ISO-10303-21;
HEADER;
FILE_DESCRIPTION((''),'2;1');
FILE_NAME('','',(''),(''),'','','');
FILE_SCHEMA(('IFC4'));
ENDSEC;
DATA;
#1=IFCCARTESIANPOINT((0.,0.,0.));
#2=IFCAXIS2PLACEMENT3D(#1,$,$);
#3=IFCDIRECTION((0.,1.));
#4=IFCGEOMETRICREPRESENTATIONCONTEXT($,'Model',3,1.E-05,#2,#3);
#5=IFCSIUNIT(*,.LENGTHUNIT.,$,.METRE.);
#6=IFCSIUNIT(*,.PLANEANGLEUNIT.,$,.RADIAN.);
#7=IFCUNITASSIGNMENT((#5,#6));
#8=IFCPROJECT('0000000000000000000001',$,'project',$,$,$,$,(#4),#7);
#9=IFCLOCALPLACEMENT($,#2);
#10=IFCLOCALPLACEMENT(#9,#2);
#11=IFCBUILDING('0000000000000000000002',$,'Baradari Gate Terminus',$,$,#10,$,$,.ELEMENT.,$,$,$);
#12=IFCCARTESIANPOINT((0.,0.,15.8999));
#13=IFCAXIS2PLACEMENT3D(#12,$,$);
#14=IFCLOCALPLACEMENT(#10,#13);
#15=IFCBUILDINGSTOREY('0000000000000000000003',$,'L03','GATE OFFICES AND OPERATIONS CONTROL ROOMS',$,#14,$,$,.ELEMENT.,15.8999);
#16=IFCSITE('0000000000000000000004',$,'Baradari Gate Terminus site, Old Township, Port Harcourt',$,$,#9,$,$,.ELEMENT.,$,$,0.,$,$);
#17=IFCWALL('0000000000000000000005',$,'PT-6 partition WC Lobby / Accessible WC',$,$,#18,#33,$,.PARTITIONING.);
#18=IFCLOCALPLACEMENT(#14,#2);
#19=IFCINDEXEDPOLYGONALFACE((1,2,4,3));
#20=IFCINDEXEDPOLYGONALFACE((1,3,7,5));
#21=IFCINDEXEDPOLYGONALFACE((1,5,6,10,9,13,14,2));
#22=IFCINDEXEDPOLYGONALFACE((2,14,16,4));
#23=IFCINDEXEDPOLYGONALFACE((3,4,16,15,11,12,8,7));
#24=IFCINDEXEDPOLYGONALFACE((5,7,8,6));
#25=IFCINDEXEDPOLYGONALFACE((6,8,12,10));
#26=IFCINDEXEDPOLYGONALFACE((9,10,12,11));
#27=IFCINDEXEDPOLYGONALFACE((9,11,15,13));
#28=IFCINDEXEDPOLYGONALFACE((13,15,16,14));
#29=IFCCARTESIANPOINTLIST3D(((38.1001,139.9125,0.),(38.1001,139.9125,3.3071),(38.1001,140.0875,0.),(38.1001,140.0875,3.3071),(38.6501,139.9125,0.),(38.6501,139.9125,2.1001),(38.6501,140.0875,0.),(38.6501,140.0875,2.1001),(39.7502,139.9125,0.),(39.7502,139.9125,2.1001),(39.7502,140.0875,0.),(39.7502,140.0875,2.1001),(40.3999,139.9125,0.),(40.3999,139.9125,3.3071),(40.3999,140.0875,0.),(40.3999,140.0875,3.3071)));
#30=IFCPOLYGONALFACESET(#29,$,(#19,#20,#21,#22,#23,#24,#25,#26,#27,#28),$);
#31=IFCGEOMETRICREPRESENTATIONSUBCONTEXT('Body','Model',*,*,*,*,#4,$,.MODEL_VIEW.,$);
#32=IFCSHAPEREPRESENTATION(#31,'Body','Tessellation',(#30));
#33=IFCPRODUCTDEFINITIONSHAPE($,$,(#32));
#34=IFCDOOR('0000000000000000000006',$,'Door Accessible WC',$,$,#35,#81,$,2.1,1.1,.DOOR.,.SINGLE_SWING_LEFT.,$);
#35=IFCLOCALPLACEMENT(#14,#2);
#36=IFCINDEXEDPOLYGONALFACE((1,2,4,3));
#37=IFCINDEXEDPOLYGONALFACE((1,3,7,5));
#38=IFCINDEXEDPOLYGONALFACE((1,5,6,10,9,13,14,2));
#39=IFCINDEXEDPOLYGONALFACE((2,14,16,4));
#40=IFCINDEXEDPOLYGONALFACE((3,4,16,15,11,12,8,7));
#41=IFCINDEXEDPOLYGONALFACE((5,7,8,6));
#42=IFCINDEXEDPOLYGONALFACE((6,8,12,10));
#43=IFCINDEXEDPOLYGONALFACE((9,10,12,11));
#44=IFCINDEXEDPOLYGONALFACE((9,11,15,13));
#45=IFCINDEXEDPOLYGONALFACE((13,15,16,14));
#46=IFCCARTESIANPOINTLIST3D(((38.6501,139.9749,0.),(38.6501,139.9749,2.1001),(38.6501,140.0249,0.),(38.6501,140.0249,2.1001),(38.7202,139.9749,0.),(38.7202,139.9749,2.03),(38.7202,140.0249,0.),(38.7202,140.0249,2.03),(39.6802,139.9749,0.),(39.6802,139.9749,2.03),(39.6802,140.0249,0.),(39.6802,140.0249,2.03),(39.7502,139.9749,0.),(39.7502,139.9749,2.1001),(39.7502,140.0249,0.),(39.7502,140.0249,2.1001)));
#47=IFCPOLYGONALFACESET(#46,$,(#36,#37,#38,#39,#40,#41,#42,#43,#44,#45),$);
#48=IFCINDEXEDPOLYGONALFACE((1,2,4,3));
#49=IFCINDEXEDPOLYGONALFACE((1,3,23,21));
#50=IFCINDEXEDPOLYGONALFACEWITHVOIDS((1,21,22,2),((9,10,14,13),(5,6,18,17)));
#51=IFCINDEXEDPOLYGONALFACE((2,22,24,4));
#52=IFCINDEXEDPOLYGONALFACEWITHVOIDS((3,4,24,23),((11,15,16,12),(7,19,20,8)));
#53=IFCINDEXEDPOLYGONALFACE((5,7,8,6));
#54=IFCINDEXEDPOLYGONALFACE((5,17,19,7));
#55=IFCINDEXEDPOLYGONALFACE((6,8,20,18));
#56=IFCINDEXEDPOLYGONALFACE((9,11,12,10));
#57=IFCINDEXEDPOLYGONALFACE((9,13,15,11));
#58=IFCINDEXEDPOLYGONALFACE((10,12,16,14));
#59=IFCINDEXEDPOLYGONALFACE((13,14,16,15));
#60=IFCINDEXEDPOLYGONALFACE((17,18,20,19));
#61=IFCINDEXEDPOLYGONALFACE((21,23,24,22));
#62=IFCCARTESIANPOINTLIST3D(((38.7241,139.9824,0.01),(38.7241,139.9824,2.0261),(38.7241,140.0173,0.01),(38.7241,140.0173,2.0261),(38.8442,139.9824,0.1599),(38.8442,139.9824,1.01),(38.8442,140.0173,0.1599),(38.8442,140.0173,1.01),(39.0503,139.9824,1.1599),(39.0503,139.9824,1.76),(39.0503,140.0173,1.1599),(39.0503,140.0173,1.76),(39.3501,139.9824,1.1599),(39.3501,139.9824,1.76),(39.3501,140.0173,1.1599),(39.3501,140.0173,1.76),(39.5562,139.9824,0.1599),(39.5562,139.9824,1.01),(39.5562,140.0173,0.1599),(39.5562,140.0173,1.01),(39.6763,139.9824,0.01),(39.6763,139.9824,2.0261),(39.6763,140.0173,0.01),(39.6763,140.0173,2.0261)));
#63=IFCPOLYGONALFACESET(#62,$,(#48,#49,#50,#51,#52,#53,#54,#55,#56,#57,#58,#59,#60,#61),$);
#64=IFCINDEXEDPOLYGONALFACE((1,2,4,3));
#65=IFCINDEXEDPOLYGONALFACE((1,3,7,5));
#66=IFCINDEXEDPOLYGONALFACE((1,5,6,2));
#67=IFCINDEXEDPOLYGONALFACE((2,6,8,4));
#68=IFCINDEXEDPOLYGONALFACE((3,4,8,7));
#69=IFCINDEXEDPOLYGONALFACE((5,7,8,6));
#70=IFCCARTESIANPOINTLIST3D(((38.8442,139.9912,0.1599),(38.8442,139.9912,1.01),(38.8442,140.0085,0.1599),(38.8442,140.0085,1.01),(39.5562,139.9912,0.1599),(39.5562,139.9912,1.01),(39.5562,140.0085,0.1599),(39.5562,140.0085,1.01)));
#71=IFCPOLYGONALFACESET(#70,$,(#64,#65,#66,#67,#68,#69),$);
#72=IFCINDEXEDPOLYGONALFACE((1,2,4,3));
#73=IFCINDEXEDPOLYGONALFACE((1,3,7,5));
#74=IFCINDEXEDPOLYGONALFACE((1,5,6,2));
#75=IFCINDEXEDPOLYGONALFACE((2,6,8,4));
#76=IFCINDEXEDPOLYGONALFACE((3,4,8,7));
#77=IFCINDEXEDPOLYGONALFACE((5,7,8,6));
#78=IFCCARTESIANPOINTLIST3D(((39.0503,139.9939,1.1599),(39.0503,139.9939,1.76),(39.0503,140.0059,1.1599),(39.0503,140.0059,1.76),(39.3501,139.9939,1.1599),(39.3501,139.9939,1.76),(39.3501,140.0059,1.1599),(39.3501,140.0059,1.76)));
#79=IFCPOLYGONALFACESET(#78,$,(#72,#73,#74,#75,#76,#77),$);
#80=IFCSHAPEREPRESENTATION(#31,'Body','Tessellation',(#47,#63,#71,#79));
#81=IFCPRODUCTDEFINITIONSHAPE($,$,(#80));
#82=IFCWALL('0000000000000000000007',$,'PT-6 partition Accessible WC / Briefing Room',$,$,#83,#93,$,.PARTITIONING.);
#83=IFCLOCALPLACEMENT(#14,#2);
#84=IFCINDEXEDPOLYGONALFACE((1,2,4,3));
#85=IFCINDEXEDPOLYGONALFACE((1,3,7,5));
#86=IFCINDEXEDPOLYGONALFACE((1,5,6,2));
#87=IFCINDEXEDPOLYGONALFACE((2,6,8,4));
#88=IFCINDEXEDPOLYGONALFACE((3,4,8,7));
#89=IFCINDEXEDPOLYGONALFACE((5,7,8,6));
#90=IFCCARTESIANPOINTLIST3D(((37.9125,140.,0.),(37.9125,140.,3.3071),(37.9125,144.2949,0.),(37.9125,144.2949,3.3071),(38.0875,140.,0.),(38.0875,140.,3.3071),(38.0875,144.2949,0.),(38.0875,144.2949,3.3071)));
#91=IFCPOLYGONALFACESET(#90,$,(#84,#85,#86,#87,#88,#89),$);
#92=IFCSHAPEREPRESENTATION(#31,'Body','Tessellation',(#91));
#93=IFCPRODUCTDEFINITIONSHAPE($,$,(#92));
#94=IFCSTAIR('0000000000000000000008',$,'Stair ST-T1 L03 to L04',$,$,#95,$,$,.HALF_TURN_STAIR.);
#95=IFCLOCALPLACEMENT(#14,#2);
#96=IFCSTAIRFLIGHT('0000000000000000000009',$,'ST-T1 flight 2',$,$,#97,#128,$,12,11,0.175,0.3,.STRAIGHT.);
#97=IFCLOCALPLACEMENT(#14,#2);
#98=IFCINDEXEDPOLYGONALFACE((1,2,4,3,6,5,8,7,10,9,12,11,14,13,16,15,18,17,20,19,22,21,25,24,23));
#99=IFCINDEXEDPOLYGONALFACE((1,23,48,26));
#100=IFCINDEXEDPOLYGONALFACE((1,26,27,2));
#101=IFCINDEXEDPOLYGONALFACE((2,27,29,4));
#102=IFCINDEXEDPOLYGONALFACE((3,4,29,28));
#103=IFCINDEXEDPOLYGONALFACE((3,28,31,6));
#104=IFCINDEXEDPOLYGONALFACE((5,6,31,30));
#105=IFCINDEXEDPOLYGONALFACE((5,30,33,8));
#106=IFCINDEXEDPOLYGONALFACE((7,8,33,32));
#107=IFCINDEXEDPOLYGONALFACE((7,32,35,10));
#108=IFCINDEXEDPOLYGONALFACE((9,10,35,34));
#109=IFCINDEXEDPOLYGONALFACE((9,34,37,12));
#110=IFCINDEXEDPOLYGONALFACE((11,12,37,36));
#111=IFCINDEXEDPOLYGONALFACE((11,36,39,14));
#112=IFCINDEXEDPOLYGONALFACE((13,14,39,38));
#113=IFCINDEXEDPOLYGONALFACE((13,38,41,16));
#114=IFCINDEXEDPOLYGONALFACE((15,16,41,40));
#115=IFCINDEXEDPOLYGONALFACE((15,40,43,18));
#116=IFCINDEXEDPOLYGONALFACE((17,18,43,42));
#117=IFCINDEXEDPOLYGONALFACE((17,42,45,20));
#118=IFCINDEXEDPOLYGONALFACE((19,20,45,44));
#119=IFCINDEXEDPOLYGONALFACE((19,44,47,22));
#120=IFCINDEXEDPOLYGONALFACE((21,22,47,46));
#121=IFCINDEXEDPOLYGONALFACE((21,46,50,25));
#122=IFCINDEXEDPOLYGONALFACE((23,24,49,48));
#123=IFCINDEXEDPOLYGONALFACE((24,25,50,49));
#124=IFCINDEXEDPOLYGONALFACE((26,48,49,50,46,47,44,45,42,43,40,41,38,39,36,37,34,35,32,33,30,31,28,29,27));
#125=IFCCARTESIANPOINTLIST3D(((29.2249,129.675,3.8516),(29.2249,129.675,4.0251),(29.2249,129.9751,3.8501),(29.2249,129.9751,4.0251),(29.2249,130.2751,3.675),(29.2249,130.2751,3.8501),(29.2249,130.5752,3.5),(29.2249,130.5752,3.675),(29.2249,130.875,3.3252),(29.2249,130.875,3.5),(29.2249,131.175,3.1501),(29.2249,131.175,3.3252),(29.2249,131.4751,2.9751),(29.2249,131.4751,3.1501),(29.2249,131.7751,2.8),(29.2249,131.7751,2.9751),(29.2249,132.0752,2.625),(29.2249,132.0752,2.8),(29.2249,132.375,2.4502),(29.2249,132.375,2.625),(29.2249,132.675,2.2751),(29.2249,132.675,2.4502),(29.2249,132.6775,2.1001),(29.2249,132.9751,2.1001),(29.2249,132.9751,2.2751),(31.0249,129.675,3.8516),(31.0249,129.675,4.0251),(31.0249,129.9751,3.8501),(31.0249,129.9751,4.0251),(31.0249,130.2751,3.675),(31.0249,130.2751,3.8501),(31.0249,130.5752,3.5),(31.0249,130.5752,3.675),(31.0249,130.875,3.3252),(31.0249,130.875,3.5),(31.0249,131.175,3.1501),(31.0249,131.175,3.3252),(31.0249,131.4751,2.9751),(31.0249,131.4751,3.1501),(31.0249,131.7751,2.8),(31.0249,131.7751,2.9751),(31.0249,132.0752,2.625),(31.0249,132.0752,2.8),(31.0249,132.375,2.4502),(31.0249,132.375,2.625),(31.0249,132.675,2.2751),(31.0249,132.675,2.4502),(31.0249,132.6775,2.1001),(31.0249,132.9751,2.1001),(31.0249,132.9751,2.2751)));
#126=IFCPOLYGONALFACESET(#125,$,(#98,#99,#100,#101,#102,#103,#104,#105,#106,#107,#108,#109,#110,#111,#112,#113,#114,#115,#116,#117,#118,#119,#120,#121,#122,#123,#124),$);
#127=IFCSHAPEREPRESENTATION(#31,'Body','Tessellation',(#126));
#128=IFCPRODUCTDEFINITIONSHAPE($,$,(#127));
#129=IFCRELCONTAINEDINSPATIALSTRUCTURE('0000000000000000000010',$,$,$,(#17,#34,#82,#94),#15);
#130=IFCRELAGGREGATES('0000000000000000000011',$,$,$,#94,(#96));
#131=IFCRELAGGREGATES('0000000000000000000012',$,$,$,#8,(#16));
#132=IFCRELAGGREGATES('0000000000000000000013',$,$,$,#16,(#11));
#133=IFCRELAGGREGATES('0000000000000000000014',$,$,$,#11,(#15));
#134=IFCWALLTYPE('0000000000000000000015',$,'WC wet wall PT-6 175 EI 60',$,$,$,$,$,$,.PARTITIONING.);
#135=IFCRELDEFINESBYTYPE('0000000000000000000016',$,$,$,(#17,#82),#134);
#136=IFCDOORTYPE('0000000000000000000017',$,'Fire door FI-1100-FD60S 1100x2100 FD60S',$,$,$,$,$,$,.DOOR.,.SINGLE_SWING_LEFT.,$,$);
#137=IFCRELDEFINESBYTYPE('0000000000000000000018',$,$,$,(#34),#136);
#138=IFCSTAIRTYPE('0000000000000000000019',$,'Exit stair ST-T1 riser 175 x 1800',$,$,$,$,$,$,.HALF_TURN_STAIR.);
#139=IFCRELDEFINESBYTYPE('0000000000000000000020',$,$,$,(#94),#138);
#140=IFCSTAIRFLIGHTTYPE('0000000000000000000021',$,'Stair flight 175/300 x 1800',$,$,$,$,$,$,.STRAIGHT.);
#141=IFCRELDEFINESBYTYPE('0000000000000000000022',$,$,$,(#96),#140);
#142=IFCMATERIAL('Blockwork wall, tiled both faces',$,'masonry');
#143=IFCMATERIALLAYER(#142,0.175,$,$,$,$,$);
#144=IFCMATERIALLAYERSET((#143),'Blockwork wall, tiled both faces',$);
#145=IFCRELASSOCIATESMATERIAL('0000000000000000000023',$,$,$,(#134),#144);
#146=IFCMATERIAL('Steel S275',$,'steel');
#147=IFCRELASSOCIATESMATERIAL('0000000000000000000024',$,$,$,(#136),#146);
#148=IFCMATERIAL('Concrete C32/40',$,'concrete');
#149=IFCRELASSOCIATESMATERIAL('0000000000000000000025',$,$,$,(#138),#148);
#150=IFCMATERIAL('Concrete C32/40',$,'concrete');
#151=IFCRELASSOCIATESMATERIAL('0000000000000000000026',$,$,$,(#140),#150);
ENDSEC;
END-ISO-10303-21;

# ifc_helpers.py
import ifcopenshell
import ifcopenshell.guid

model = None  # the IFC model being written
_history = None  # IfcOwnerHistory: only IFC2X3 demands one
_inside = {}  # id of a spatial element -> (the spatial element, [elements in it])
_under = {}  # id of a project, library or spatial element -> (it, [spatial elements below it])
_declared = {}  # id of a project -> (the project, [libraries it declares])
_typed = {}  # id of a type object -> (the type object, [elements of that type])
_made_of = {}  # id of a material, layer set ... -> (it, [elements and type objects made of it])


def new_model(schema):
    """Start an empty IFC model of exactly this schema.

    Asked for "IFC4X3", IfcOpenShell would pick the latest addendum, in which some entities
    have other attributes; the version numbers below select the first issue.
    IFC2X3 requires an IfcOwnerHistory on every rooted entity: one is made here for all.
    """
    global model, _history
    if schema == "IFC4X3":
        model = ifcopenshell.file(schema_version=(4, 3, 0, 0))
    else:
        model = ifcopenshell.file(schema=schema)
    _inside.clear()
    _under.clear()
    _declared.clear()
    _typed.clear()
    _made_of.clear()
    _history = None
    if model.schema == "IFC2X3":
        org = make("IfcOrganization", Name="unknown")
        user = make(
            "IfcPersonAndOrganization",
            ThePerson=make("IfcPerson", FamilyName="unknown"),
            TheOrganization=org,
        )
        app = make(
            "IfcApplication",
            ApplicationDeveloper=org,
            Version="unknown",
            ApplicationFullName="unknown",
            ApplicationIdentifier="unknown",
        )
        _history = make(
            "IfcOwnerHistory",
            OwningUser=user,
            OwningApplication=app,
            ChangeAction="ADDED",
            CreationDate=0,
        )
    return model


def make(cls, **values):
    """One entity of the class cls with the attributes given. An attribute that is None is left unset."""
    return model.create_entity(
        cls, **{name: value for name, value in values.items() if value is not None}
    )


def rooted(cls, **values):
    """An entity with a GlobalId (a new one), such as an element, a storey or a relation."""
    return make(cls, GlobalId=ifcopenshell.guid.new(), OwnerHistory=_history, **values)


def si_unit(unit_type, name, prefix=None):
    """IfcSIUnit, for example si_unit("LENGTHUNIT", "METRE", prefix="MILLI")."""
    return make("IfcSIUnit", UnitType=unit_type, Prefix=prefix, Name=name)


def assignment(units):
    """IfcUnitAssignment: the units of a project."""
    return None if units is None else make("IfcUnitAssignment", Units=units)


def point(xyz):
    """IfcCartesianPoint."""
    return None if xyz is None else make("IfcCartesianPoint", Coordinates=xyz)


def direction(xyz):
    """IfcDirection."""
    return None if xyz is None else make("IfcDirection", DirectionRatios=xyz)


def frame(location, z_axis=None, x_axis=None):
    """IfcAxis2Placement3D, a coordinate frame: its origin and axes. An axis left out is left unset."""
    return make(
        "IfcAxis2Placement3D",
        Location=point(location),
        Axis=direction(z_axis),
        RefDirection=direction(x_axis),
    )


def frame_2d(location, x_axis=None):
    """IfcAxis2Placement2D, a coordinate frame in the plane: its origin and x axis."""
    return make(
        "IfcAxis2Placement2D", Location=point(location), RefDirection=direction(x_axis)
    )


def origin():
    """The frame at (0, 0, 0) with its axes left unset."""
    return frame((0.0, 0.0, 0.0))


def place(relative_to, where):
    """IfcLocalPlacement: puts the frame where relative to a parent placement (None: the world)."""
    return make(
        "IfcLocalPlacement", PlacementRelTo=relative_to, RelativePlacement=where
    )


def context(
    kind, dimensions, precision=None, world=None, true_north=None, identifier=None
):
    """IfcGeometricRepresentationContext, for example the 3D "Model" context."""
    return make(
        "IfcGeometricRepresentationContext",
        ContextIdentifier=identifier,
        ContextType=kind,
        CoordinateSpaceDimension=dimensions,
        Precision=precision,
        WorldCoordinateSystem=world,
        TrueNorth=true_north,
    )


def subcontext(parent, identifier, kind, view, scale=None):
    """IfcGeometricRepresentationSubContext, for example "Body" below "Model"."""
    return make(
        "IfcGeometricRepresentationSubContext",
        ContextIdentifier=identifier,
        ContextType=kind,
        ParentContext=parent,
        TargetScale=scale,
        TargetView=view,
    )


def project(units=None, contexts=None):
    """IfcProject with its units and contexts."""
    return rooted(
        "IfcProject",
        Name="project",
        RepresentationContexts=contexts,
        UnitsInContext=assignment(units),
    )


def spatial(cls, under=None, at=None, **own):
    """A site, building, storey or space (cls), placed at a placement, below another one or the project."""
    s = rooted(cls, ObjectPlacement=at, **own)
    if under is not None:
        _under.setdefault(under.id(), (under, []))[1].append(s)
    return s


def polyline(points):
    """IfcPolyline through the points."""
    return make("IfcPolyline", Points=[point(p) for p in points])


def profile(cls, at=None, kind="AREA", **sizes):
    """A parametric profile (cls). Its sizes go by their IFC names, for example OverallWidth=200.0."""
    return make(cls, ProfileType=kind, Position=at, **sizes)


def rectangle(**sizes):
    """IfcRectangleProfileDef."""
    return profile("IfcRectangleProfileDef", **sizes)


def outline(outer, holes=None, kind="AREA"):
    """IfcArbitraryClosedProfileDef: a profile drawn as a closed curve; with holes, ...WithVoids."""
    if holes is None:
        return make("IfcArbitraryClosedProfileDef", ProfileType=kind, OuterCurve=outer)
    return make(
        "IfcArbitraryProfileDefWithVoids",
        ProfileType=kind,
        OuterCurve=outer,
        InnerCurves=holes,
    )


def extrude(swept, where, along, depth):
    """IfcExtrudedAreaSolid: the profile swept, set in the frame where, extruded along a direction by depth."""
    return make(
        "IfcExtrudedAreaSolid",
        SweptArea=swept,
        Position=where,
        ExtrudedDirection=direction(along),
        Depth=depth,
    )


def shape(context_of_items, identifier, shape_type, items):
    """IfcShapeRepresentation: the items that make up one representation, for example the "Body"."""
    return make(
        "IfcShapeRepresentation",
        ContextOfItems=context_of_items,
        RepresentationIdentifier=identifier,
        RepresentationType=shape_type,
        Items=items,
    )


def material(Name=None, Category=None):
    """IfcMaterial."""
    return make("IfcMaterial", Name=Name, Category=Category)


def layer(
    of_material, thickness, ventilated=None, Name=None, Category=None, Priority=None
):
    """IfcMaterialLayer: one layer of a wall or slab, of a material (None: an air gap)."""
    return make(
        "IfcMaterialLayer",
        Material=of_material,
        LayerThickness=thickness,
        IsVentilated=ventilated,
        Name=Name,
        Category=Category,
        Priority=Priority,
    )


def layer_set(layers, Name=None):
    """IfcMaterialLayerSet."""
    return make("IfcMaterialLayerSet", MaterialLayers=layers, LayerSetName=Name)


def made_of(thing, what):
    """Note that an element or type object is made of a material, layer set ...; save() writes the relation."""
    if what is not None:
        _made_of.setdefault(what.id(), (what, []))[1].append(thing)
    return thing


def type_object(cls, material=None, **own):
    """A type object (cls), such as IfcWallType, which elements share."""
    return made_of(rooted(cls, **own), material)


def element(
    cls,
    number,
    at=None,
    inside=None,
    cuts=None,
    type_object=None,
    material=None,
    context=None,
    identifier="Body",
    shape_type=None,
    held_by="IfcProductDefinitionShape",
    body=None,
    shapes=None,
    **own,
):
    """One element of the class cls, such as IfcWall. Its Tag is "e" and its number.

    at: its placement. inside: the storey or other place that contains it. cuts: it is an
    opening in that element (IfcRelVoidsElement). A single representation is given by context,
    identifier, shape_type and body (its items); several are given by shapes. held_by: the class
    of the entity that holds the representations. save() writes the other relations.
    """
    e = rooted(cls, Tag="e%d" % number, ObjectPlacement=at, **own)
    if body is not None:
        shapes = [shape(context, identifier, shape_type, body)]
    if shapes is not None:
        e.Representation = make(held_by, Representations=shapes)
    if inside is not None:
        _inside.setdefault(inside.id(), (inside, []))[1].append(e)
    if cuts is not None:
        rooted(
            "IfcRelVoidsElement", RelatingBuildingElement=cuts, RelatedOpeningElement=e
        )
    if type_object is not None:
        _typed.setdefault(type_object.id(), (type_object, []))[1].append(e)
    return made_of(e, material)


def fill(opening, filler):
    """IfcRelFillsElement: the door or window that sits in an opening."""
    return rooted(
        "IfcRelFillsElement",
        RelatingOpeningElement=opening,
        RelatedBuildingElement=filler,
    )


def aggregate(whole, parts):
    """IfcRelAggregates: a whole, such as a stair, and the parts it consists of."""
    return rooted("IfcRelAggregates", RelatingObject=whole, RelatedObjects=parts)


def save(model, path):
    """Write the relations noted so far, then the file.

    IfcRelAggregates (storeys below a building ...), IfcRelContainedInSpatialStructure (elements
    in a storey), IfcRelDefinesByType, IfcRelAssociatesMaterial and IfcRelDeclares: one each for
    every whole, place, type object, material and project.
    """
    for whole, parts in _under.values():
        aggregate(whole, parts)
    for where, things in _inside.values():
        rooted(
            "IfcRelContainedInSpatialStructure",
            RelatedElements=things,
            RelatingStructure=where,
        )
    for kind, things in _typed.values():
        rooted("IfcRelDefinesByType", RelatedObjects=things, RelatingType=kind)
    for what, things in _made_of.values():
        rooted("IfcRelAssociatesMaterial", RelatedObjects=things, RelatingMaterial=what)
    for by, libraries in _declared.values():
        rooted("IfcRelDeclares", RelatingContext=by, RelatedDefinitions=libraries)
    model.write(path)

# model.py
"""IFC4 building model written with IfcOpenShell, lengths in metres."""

from ifc_helpers import new_model, si_unit, direction, frame, frame_2d, origin, place, context, subcontext, project, spatial, polyline, rectangle, outline, extrude, material, layer, layer_set, type_object, element, fill, aggregate, save


model = new_model("IFC4")

# Units and contexts
model_context = context("Model", 3, precision=1e-05, world=origin(), true_north=direction((0.0, 1.0)))
body_context = subcontext(model_context, "Body", "Model", "MODEL_VIEW")
ifc_project = project(units=[si_unit("LENGTHUNIT", "METRE"), si_unit("PLANEANGLEUNIT", "RADIAN")], contexts=[model_context])

# Site, building, storey
site_placement = place(None, origin())
site = spatial("IfcSite", under=ifc_project, at=site_placement, Name="Baradari Gate Terminus site, Old Township, Port Harcourt", CompositionType="ELEMENT", RefElevation=0.0)
building_placement = place(site_placement, origin())
building = spatial("IfcBuilding", under=site, at=building_placement, Name="Baradari Gate Terminus", CompositionType="ELEMENT")
storey_placement = place(building_placement, frame((0.0, 0.0, 15.8999)))
storey = spatial("IfcBuildingStorey", under=building, at=storey_placement, Name="L03", Description="GATE OFFICES AND OPERATIONS CONTROL ROOMS", CompositionType="ELEMENT", Elevation=15.8999)

# Wall, opening, door
ifc_material_1 = material(Name="Blockwork wall, tiled both faces", Category="masonry")
ifc_layer_1 = layer(ifc_material_1, 0.175)
ifc_layer_set_1 = layer_set([ifc_layer_1], Name="Blockwork wall, tiled both faces")
wall_type_1 = type_object("IfcWallType", Name="WC wet wall PT-6 175 EI 60", PredefinedType="PARTITIONING", material=ifc_layer_set_1)
wall_1_placement = place(storey_placement, frame((38.1001, 140.0, 0.0), z_axis=(0.0, 0.0, 1.0), x_axis=(1.0, 0.0, 0.0)))
wall_1 = element("IfcWall", 1, at=wall_1_placement, inside=storey, type_object=wall_type_1, Name="PT-6 partition WC Lobby / Accessible WC", PredefinedType="PARTITIONING", context=body_context, shape_type="SweptSolid", body=[
    extrude(rectangle(XDim=2.2998, YDim=0.175, at=frame_2d((1.1499, 0.0))), origin(), (0.0, 0.0, 1.0), 3.3071),
])
opening_1_placement = place(wall_1_placement, frame((0.55, 0.0, 0.0)))
opening_1 = element("IfcOpeningElement", 2, at=opening_1_placement, cuts=wall_1, PredefinedType="OPENING", context=body_context, shape_type="SweptSolid", body=[
    extrude(rectangle(XDim=1.1001, YDim=2.1001, at=frame_2d((0.55, 1.05))), frame((0.0, 0.0974, 0.0), z_axis=(0.0, -1.0, 0.0), x_axis=(1.0, 0.0, 0.0)), (0.0, 0.0, 1.0), 0.1951),
])
ifc_material_2 = material(Name="Steel S275", Category="steel")
door_type_1 = type_object("IfcDoorType", Name="Fire door FI-1100-FD60S 1100x2100 FD60S", OperationType="SINGLE_SWING_LEFT", PredefinedType="DOOR", material=ifc_material_2)
door_1_placement = place(opening_1_placement, origin())
door_1 = element("IfcDoor", 3, at=door_1_placement, inside=storey, type_object=door_type_1, Name="Door Accessible WC", OperationType="SINGLE_SWING_LEFT", OverallHeight=2.1, OverallWidth=1.1, PredefinedType="DOOR", context=body_context, shape_type="SweptSolid", body=[
    extrude(outline(polyline([(0.0, 0.0), (0.0701, 0.0), (0.0701, 2.03), (1.03, 2.03), (1.03, 0.0), (1.1001, 0.0), (1.1001, 2.1001), (0.0, 2.1001), (0.0, 0.0)])), frame((0.0, 0.0249, 0.0), z_axis=(0.0, -1.0, 0.0), x_axis=(1.0, 0.0, 0.0)), (0.0, 0.0, 1.0), 0.05),
    extrude(outline(polyline([(0.074, 0.01), (1.0261, 0.01), (1.0261, 2.0261), (0.074, 2.0261), (0.074, 0.01)]), holes=[polyline([(0.1941, 0.1599), (0.906, 0.1599), (0.906, 1.01), (0.1941, 1.01), (0.1941, 0.1599)]), polyline([(0.4001, 1.1599), (0.7, 1.1599), (0.7, 1.76), (0.4001, 1.76), (0.4001, 1.1599)])]), frame((0.0, 0.0173, 0.0), z_axis=(0.0, -1.0, 0.0), x_axis=(1.0, 0.0, 0.0)), (0.0, 0.0, 1.0), 0.0349),
    extrude(rectangle(XDim=0.7119, YDim=0.8501, at=frame_2d((0.55, 0.585))), frame((0.0, 0.0085, 0.0), z_axis=(0.0, -1.0, 0.0), x_axis=(1.0, 0.0, 0.0)), (0.0, 0.0, 1.0), 0.0173),
    extrude(rectangle(XDim=0.2998, YDim=0.6001, at=frame_2d((0.55, 1.46))), frame((0.0, 0.0059, 0.0), z_axis=(0.0, -1.0, 0.0), x_axis=(1.0, 0.0, 0.0)), (0.0, 0.0, 1.0), 0.012),
])
fill(opening_1, door_1)

# Wall
wall_2_placement = place(storey_placement, frame((38.0, 140.0, 0.0), z_axis=(0.0, 0.0, 1.0), x_axis=(0.0, 1.0, 0.0)))
element("IfcWall", 4, at=wall_2_placement, inside=storey, type_object=wall_type_1, Name="PT-6 partition Accessible WC / Briefing Room", PredefinedType="PARTITIONING", context=body_context, shape_type="SweptSolid", body=[
    extrude(rectangle(XDim=4.2949, YDim=0.175, at=frame_2d((2.1475, 0.0))), origin(), (0.0, 0.0, 1.0), 3.3071),
])

# Stair, stair flight
ifc_material_3 = material(Name="Concrete C32/40", Category="concrete")
stair_type = type_object("IfcStairType", Name="Exit stair ST-T1 riser 175 x 1800", PredefinedType="HALF_TURN_STAIR", material=ifc_material_3)
stair_placement = place(storey_placement, origin())
stair = element("IfcStair", 5, at=stair_placement, inside=storey, type_object=stair_type, Name="Stair ST-T1 L03 to L04", PredefinedType="HALF_TURN_STAIR")
ifc_material_4 = material(Name="Concrete C32/40", Category="concrete")
stair_flight_type = type_object("IfcStairFlightType", Name="Stair flight 175/300 x 1800", PredefinedType="STRAIGHT", material=ifc_material_4)
stair_flight_placement = place(storey_placement, frame((30.125, 132.9751, 2.1001), z_axis=(0.0, 0.0, 1.0), x_axis=(0.0, -1.0, 0.0)))
stair_flight = element("IfcStairFlight", 6, at=stair_flight_placement, type_object=stair_flight_type, Name="ST-T1 flight 2", NumberOfRisers=12, NumberOfTreads=11, PredefinedType="STRAIGHT", RiserHeight=0.175, TreadLength=0.3, context=body_context, shape_type="SweptSolid", body=[
    extrude(outline(polyline([(0.0, 0.0), (0.0, 0.175), (0.3, 0.175), (0.3, 0.3501), (0.6001, 0.3501), (0.6001, 0.5249), (0.8999, 0.5249), (0.8999, 0.7), (1.2, 0.7), (1.2, 0.875), (1.5, 0.875), (1.5, 1.05), (1.8, 1.05), (1.8, 1.2251), (2.1001, 1.2251), (2.1001, 1.3999), (2.3999, 1.3999), (2.3999, 1.575), (2.7, 1.575), (2.7, 1.75), (3.0, 1.75), (3.0, 1.925), (3.3, 1.925), (3.3, 2.1001), (3.3, 1.7515), (0.2976, 0.0), (0.0, 0.0)])), frame((0.0, 0.8999, 0.0), z_axis=(0.0, -1.0, 0.0), x_axis=(1.0, 0.0, 0.0)), (0.0, 0.0, 1.0), 1.8),
])
aggregate(stair, [stair_flight])

save(model, "model.ifc")
